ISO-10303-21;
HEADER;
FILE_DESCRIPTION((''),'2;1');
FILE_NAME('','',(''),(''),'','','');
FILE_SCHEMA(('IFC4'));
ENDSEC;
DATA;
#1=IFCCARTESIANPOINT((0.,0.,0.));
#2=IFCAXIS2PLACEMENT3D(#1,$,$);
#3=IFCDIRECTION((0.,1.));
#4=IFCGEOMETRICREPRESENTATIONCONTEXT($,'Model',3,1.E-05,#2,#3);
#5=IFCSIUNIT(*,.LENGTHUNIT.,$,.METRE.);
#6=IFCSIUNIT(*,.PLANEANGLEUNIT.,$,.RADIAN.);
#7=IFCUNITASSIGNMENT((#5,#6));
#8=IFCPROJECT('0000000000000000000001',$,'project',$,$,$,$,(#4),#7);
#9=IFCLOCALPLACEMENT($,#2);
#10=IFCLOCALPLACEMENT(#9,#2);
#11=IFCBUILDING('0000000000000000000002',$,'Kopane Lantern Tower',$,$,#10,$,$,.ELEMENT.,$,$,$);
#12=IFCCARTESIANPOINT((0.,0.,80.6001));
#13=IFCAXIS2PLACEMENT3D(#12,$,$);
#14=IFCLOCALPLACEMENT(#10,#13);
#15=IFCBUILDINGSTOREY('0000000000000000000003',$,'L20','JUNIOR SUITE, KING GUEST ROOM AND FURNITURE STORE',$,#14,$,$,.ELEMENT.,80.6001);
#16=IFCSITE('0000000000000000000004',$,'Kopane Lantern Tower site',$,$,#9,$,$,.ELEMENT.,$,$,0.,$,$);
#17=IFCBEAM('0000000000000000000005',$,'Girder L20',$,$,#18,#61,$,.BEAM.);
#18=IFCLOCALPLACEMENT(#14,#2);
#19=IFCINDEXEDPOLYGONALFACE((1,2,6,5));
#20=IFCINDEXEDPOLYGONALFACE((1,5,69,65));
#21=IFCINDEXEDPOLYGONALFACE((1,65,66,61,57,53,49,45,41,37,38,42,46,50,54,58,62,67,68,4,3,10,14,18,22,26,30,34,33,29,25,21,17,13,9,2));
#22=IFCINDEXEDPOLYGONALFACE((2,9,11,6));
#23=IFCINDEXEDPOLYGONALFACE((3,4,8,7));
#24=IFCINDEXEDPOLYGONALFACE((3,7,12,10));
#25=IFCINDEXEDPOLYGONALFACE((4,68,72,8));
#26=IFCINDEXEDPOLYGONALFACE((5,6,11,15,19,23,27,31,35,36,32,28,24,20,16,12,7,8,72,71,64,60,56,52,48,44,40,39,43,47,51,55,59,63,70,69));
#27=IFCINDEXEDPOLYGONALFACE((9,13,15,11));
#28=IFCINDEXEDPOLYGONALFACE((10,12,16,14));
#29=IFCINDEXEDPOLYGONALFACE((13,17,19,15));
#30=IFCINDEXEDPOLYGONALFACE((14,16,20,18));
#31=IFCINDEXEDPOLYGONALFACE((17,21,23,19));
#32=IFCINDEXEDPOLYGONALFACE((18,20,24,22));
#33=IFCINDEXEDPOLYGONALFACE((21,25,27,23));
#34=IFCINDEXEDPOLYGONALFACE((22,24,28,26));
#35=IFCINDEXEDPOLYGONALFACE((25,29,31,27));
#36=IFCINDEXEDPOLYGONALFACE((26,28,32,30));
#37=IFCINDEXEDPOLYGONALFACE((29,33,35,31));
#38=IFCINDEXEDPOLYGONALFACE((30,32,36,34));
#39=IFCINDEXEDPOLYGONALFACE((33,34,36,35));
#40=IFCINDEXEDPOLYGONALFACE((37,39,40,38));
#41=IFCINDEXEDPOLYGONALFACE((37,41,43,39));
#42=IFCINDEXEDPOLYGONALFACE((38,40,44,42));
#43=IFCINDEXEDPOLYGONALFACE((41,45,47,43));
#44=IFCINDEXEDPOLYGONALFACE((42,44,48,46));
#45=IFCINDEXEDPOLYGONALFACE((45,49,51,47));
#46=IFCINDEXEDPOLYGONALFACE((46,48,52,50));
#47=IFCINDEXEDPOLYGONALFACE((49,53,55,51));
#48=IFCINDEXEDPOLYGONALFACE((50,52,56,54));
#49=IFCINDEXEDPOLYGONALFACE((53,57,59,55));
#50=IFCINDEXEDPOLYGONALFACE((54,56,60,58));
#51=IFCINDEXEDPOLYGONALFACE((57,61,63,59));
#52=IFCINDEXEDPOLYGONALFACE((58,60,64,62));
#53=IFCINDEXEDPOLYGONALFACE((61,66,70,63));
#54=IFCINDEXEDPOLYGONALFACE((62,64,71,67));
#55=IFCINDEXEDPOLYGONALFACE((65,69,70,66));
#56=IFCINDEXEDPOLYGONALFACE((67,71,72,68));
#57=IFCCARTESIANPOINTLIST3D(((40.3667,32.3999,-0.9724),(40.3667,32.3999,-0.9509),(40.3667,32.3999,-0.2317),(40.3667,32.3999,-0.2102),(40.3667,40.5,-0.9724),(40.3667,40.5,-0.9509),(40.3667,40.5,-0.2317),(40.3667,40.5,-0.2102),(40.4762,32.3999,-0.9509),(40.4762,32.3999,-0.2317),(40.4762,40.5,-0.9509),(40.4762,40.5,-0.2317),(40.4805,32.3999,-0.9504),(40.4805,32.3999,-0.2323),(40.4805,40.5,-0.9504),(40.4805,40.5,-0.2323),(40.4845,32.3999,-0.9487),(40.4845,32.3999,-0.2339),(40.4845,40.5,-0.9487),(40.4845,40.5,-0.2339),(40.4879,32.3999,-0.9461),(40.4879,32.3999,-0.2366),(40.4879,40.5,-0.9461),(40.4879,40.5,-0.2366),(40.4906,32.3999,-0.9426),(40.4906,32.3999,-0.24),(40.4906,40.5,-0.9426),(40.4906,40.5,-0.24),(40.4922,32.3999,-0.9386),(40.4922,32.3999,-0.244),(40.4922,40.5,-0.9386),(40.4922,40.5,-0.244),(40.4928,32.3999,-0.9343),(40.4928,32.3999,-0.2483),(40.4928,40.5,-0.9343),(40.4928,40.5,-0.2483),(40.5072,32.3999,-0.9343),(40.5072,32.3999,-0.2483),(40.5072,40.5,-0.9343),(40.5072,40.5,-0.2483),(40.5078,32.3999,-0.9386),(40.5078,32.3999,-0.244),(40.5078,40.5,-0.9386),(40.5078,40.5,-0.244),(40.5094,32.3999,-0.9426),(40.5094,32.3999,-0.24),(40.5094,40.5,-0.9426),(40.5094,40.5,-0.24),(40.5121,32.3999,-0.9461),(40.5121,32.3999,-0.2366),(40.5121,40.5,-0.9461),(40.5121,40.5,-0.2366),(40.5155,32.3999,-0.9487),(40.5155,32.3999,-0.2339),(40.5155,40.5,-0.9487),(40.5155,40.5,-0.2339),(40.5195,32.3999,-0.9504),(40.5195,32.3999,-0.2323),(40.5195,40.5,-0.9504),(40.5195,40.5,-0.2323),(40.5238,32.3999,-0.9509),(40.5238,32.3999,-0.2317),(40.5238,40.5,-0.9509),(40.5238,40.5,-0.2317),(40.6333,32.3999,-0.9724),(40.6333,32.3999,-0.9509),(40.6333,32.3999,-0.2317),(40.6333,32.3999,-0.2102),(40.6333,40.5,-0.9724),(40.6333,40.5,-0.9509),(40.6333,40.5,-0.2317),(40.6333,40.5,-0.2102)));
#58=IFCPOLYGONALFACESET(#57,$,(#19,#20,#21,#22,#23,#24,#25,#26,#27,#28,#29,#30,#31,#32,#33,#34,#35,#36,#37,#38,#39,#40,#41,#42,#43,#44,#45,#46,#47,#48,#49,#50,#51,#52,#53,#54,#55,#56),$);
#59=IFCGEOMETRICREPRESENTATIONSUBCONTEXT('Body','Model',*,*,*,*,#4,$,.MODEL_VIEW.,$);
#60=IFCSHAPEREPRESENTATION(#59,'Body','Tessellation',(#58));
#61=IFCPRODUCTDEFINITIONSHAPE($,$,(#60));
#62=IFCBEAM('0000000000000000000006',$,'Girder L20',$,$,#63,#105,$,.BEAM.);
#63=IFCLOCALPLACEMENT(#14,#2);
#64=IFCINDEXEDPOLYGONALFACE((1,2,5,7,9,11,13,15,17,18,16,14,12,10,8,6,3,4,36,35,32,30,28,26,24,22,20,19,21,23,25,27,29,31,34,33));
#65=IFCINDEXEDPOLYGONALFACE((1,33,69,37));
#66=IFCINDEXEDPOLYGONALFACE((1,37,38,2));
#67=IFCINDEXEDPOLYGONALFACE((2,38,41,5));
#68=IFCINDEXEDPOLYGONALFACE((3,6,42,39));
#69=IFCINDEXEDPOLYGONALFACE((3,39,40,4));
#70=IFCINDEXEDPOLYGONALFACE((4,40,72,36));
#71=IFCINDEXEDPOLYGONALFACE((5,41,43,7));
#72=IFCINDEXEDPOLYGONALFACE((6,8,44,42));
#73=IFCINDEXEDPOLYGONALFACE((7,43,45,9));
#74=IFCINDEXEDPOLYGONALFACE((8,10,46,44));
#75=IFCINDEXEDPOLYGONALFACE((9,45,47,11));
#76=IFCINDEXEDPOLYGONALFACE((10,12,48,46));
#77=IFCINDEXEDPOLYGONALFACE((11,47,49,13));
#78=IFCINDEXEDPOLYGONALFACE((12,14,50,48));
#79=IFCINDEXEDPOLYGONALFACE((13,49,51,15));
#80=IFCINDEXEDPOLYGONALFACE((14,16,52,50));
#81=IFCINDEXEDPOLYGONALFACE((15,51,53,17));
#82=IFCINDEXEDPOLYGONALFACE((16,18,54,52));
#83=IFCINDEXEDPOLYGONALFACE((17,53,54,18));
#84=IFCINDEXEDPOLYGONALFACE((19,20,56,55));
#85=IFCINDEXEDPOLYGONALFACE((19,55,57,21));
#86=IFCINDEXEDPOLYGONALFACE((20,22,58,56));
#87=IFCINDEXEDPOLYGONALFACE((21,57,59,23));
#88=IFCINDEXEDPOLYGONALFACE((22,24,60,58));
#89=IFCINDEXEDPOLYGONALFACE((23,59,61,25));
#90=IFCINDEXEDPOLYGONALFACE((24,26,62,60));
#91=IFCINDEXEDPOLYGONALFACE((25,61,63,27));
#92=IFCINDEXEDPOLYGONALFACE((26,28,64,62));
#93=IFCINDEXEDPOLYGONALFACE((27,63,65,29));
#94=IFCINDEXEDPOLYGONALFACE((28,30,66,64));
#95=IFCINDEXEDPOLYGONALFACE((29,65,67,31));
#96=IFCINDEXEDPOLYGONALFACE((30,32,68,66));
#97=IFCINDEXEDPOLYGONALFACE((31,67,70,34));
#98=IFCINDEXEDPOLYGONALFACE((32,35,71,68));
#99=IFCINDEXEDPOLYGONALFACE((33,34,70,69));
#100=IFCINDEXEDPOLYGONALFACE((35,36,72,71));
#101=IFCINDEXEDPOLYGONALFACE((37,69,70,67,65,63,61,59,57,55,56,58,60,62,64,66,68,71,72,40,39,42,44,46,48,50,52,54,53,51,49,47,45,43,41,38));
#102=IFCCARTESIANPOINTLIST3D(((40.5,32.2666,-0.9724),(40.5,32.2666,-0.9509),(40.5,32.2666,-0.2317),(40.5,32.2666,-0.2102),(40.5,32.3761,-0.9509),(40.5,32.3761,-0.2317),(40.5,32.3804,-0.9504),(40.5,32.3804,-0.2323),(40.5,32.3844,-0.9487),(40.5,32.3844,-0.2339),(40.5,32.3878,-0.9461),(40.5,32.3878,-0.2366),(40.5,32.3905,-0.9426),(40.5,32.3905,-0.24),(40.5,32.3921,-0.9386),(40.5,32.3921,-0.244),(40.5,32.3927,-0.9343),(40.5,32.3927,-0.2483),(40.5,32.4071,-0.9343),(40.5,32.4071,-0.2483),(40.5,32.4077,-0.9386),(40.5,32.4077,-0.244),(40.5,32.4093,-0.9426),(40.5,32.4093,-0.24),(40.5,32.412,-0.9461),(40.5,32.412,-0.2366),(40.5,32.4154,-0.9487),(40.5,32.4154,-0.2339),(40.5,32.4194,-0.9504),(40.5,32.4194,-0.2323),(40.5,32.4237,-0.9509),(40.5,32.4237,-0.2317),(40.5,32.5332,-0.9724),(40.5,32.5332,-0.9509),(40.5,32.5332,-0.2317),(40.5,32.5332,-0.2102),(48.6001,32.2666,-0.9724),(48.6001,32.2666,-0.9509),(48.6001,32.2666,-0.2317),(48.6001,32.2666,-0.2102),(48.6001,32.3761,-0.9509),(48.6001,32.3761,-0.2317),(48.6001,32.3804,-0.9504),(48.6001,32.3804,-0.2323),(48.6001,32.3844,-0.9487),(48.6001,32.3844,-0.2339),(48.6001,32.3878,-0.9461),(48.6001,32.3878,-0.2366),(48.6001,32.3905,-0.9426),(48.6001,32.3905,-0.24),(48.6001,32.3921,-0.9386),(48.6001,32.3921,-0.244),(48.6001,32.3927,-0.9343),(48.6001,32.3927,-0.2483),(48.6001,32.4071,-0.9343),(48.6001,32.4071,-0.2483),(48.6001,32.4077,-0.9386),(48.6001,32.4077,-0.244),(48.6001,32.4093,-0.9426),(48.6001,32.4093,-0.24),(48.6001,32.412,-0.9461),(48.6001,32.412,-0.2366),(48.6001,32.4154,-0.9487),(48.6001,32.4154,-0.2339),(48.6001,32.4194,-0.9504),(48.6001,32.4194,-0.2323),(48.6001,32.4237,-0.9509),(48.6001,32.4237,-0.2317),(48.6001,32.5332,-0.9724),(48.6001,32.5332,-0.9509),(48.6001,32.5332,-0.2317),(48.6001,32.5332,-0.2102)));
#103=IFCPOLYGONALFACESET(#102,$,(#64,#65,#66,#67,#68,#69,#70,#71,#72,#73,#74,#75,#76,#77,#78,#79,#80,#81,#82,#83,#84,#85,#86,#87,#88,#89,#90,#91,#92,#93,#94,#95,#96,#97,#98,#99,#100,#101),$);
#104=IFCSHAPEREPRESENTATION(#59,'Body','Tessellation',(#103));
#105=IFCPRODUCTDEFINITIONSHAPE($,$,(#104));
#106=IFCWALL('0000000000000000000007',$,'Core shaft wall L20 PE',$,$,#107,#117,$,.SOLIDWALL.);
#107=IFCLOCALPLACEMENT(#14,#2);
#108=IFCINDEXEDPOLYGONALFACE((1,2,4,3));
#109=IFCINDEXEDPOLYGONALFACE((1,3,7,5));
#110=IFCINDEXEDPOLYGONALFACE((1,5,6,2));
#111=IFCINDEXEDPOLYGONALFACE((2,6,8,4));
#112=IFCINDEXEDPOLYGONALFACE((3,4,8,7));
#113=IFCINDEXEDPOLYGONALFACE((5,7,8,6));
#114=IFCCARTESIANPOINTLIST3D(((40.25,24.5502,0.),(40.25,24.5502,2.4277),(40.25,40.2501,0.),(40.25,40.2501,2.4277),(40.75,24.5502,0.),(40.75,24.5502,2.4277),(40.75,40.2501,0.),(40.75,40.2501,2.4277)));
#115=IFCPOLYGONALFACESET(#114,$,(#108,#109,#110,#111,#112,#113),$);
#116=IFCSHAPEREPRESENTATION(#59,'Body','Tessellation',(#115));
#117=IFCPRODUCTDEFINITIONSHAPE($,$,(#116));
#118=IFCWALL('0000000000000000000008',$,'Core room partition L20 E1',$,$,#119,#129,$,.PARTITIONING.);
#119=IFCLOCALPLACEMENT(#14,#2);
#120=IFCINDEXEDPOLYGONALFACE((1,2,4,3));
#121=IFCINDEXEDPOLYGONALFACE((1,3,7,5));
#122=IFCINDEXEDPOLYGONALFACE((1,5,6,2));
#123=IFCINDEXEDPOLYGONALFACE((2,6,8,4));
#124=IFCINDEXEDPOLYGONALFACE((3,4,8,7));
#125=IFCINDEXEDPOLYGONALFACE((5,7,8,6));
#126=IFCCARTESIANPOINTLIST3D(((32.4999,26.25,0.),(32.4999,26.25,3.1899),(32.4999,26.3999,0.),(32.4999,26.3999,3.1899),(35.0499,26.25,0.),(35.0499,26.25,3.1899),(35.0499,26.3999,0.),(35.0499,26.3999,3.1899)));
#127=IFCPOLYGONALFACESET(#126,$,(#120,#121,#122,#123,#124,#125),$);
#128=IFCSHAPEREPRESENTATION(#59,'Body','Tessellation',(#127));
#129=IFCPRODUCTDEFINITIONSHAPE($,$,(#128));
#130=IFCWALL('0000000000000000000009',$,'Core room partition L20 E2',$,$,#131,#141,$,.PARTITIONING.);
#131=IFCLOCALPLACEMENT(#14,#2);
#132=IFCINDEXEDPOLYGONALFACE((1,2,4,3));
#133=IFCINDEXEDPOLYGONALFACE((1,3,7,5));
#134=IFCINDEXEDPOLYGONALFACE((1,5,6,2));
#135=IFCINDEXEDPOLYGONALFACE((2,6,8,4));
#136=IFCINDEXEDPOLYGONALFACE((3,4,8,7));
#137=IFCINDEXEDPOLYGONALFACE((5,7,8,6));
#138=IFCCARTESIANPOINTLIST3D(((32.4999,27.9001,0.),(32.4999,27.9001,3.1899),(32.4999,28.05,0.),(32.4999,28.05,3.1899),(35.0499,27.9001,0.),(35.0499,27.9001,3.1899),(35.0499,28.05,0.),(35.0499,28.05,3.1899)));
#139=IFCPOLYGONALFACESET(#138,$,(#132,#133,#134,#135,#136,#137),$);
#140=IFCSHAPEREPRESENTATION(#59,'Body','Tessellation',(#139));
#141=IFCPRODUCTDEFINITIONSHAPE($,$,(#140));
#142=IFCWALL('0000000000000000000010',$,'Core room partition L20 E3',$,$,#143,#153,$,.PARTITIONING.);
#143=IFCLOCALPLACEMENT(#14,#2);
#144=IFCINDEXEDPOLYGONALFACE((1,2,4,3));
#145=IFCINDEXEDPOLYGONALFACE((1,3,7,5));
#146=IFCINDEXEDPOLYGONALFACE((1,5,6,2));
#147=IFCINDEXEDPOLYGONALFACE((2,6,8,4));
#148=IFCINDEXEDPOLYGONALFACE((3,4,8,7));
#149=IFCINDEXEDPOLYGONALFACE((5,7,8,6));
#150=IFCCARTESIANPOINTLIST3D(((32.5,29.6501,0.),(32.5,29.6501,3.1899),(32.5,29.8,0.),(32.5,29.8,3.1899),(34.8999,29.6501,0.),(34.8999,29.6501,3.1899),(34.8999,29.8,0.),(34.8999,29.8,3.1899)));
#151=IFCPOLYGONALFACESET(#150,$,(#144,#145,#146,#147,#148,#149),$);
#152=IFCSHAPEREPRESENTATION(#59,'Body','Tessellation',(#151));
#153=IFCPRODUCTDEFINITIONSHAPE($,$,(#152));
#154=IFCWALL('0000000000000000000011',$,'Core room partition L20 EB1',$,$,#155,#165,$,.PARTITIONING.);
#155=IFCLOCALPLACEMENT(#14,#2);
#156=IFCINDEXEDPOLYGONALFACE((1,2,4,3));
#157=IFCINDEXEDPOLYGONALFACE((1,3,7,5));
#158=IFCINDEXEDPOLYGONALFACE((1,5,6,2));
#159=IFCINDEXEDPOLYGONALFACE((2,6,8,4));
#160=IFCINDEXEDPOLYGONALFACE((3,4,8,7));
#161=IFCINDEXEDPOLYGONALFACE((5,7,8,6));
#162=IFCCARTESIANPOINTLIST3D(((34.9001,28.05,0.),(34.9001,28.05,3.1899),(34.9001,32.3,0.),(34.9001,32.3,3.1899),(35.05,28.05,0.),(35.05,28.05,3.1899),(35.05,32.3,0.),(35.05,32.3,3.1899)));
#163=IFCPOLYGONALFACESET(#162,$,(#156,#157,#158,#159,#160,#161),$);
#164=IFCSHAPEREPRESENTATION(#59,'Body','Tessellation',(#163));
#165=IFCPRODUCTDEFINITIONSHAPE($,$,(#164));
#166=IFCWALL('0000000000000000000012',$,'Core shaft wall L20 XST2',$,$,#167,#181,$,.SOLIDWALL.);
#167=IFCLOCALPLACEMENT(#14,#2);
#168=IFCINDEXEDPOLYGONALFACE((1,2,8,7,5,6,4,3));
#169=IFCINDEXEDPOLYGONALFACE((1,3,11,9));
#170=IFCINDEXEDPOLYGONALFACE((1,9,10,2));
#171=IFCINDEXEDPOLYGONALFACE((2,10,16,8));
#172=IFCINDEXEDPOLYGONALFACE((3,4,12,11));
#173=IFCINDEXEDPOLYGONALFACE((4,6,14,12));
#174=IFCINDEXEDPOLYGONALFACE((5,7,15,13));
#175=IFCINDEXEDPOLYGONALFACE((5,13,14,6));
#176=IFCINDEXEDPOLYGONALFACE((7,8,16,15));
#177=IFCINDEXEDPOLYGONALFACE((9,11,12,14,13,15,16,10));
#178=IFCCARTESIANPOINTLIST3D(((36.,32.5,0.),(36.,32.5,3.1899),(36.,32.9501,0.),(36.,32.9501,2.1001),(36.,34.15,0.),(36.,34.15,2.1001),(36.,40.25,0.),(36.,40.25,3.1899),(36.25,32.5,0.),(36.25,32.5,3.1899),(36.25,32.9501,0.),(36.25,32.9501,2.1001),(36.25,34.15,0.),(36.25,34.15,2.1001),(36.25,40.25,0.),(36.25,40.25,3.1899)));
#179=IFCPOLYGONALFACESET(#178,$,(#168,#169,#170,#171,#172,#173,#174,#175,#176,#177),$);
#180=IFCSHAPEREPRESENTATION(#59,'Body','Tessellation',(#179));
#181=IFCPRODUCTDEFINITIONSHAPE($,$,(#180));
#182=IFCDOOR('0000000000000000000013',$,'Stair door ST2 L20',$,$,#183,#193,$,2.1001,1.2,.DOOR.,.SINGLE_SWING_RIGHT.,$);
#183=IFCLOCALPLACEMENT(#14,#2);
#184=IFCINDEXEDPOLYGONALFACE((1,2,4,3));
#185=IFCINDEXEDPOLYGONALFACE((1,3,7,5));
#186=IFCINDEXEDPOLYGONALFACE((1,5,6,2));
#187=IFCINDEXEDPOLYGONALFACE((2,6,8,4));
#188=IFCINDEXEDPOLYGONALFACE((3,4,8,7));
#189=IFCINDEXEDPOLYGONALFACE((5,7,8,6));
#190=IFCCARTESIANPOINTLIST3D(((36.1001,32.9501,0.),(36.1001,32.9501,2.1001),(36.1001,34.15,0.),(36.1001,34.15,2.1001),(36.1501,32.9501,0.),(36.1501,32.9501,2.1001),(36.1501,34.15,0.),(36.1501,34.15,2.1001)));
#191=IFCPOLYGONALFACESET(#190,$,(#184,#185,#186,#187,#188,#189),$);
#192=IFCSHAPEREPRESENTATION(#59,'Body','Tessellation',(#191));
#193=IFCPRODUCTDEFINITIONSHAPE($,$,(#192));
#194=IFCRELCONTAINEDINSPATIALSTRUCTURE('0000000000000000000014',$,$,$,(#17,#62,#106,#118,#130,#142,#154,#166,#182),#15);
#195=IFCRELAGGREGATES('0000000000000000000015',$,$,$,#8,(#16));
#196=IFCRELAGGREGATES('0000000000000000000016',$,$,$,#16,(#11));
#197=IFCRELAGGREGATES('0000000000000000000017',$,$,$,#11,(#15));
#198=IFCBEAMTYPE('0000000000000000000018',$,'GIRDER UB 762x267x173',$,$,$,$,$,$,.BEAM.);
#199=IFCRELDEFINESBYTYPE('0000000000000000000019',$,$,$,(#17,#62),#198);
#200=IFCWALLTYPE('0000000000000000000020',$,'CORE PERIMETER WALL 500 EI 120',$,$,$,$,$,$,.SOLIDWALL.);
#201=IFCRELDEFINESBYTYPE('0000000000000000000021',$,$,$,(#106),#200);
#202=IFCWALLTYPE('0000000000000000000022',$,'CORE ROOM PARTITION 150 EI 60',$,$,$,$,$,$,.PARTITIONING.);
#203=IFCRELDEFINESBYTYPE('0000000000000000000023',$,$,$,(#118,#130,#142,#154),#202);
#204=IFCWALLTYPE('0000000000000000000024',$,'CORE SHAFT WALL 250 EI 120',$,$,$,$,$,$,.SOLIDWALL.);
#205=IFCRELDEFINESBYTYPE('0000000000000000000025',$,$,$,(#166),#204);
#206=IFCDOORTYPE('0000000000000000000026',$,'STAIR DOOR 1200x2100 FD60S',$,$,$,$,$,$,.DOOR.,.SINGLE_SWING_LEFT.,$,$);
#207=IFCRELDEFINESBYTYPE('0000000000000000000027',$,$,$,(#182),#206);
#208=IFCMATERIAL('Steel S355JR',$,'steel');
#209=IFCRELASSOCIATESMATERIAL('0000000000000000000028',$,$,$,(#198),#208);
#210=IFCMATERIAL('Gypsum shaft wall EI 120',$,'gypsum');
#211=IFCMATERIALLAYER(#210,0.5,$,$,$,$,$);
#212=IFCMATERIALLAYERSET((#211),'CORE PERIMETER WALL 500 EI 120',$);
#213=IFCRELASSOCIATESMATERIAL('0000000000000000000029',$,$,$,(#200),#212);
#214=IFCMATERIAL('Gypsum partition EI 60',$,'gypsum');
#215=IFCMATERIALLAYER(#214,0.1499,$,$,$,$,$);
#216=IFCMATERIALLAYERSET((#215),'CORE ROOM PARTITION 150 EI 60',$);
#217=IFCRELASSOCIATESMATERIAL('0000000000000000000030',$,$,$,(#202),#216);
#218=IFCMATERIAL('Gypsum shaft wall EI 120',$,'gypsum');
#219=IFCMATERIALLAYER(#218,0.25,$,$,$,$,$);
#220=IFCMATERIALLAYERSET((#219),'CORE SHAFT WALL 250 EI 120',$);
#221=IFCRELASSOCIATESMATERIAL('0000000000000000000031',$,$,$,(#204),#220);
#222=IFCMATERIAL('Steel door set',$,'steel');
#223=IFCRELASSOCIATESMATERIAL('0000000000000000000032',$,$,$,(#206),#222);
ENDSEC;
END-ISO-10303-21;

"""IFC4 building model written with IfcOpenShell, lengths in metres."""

from ifc_helpers import new_model, si_unit, direction, frame, frame_2d, origin, origin_2d, place, context, subcontext, project, spatial, rectangle, i_section, extrude, material, layer, layer_set, material_profile, profile_set, type_object, element, fill, save


model = new_model("IFC4")

# Units and contexts
model_context = context("Model", 3, precision=1e-05, world=origin(), true_north=direction((0.0, 1.0)))
body_context = subcontext(model_context, "Body", "Model", "MODEL_VIEW")
ifc_project = project(units=[si_unit("LENGTHUNIT", "METRE"), si_unit("PLANEANGLEUNIT", "RADIAN")], contexts=[model_context])

# Site, building, storey
site_placement = place(None, origin())
site = spatial("IfcSite", under=ifc_project, at=site_placement, Name="Kopane Lantern Tower site", CompositionType="ELEMENT", RefElevation=0.0)
building_placement = place(site_placement, origin())
building = spatial("IfcBuilding", under=site, at=building_placement, Name="Kopane Lantern Tower", CompositionType="ELEMENT")
storey_placement = place(building_placement, frame((0.0, 0.0, 80.6001)))
storey = spatial("IfcBuildingStorey", under=building, at=storey_placement, Name="L20", Description="JUNIOR SUITE, KING GUEST ROOM AND FURNITURE STORE", CompositionType="ELEMENT", Elevation=80.6001)

# Beams
ifc_material_1 = material(Name="Steel S355JR", Category="steel")
ifc_material_profile_1 = material_profile(ifc_material_1, i_section(OverallWidth=0.2666, OverallDepth=0.7622, WebThickness=0.0144, FlangeThickness=0.0215, FilletRadius=0.0166, at=origin_2d()), Name="UB 762x267x173")
ifc_profile_set_1 = profile_set([ifc_material_profile_1], Name="Steel S355JR")
beam_type_1 = type_object("IfcBeamType", Name="GIRDER UB 762x267x173", PredefinedType="BEAM", material=ifc_profile_set_1)
for number, where, z_axis, x_axis, name in (
    (1, (40.5, 32.3999, -0.5913), (0.0, 1.0, 0.0), (-1.0, 0.0, 0.0), "Girder L20"),
    (2, (40.5, 32.3999, -0.5913), (1.0, 0.0, 0.0), (0.0, 1.0, 0.0), "Girder L20"),
):
    element("IfcBeam", number, at=place(storey_placement, frame(where, z_axis=z_axis, x_axis=x_axis)), inside=storey, type_object=beam_type_1, Name=name, PredefinedType="BEAM", context=body_context, shape_type="SweptSolid", body=[
        extrude(i_section(OverallWidth=0.2666, OverallDepth=0.7622, WebThickness=0.0144, FlangeThickness=0.0215, FilletRadius=0.0166, at=origin_2d()), origin(), (0.0, 0.0, 1.0), 8.1001),
    ])

# Walls
ifc_material_2 = material(Name="Gypsum shaft wall EI 120", Category="gypsum")
ifc_layer_1 = layer(ifc_material_2, 0.5)
ifc_layer_set_1 = layer_set([ifc_layer_1], Name="CORE PERIMETER WALL 500 EI 120")
wall_type_1 = type_object("IfcWallType", Name="CORE PERIMETER WALL 500 EI 120", PredefinedType="SOLIDWALL", material=ifc_layer_set_1)
wall_1_placement = place(storey_placement, frame((40.5, 24.55, 0.0), z_axis=(0.0, 0.0, 1.0), x_axis=(0.0, 1.0, 0.0)))
element("IfcWall", 3, at=wall_1_placement, inside=storey, type_object=wall_type_1, Name="Core shaft wall L20 PE", PredefinedType="SOLIDWALL", context=body_context, shape_type="SweptSolid", body=[
    extrude(rectangle(XDim=15.7, YDim=0.5, at=frame_2d((7.8501, 0.0))), origin(), (0.0, 0.0, 1.0), 2.4277),
])
ifc_material_3 = material(Name="Gypsum partition EI 60", Category="gypsum")
ifc_layer_2 = layer(ifc_material_3, 0.1499)
ifc_layer_set_2 = layer_set([ifc_layer_2], Name="CORE ROOM PARTITION 150 EI 60")
wall_type_2 = type_object("IfcWallType", Name="CORE ROOM PARTITION 150 EI 60", PredefinedType="PARTITIONING", material=ifc_layer_set_2)
for number, where, z_axis, x_axis, name in (
    (4, (32.5, 26.325, 0.0), (0.0, 0.0, 1.0), (1.0, 0.0, 0.0), "Core room partition L20 E1"),
    (5, (32.5, 27.9751, 0.0), (0.0, 0.0, 1.0), (1.0, 0.0, 0.0), "Core room partition L20 E2"),
):
    element("IfcWall", number, at=place(storey_placement, frame(where, z_axis=z_axis, x_axis=x_axis)), inside=storey, type_object=wall_type_2, Name=name, PredefinedType="PARTITIONING", context=body_context, shape_type="SweptSolid", body=[
        extrude(rectangle(XDim=2.55, YDim=0.1499, at=frame_2d((1.2749, 0.0))), origin(), (0.0, 0.0, 1.0), 3.1899),
    ])
wall_2_placement = place(storey_placement, frame((32.5, 29.7251, 0.0), z_axis=(0.0, 0.0, 1.0), x_axis=(1.0, 0.0, 0.0)))
element("IfcWall", 6, at=wall_2_placement, inside=storey, type_object=wall_type_2, Name="Core room partition L20 E3", PredefinedType="PARTITIONING", context=body_context, shape_type="SweptSolid", body=[
    extrude(rectangle(XDim=2.3999, YDim=0.1499, at=frame_2d((1.2, 0.0))), origin(), (0.0, 0.0, 1.0), 3.1899),
])
wall_3_placement = place(storey_placement, frame((34.9751, 28.05, 0.0), z_axis=(0.0, 0.0, 1.0), x_axis=(0.0, 1.0, 0.0)))
element("IfcWall", 7, at=wall_3_placement, inside=storey, type_object=wall_type_2, Name="Core room partition L20 EB1", PredefinedType="PARTITIONING", context=body_context, shape_type="SweptSolid", body=[
    extrude(rectangle(XDim=4.25, YDim=0.1499, at=frame_2d((2.125, 0.0))), origin(), (0.0, 0.0, 1.0), 3.1899),
])

# Wall, opening, door
ifc_material_4 = material(Name="Gypsum shaft wall EI 120", Category="gypsum")
ifc_layer_3 = layer(ifc_material_4, 0.25)
ifc_layer_set_3 = layer_set([ifc_layer_3], Name="CORE SHAFT WALL 250 EI 120")
wall_type_3 = type_object("IfcWallType", Name="CORE SHAFT WALL 250 EI 120", PredefinedType="SOLIDWALL", material=ifc_layer_set_3)
wall_4_placement = place(storey_placement, frame((36.125, 32.5, 0.0), z_axis=(0.0, 0.0, 1.0), x_axis=(0.0, 1.0, 0.0)))
wall_4 = element("IfcWall", 8, at=wall_4_placement, inside=storey, type_object=wall_type_3, Name="Core shaft wall L20 XST2", PredefinedType="SOLIDWALL", context=body_context, shape_type="SweptSolid", body=[
    extrude(rectangle(XDim=7.75, YDim=0.25, at=frame_2d((3.875, 0.0))), origin(), (0.0, 0.0, 1.0), 3.1899),
])
opening_1_placement = place(wall_4_placement, frame((0.45, 0.0, 0.0)))
opening_1 = element("IfcOpeningElement", 9, at=opening_1_placement, cuts=wall_4, PredefinedType="OPENING", context=body_context, shape_type="SweptSolid", body=[
    extrude(rectangle(XDim=1.2, YDim=2.1001, at=frame_2d((0.6001, 1.05))), frame((0.0, 0.135, 0.0), z_axis=(0.0, -1.0, 0.0), x_axis=(1.0, 0.0, 0.0)), (0.0, 0.0, 1.0), 0.27),
])
ifc_material_5 = material(Name="Steel door set", Category="steel")
door_type_1 = type_object("IfcDoorType", Name="STAIR DOOR 1200x2100 FD60S", OperationType="SINGLE_SWING_LEFT", PredefinedType="DOOR", material=ifc_material_5)
door_1_placement = place(opening_1_placement, origin())
door_1 = element("IfcDoor", 10, at=door_1_placement, inside=storey, type_object=door_type_1, Name="Stair door ST2 L20", OperationType="SINGLE_SWING_RIGHT", OverallHeight=2.1001, OverallWidth=1.2, PredefinedType="DOOR", context=body_context, shape_type="SweptSolid", body=[
    extrude(rectangle(XDim=1.2, YDim=2.1001, at=frame_2d((0.6001, 1.05))), frame((0.0, 0.0249, 0.0), z_axis=(0.0, -1.0, 0.0), x_axis=(1.0, 0.0, 0.0)), (0.0, 0.0, 1.0), 0.05),
])
fill(opening_1, door_1)

save(model, "model.ifc")
